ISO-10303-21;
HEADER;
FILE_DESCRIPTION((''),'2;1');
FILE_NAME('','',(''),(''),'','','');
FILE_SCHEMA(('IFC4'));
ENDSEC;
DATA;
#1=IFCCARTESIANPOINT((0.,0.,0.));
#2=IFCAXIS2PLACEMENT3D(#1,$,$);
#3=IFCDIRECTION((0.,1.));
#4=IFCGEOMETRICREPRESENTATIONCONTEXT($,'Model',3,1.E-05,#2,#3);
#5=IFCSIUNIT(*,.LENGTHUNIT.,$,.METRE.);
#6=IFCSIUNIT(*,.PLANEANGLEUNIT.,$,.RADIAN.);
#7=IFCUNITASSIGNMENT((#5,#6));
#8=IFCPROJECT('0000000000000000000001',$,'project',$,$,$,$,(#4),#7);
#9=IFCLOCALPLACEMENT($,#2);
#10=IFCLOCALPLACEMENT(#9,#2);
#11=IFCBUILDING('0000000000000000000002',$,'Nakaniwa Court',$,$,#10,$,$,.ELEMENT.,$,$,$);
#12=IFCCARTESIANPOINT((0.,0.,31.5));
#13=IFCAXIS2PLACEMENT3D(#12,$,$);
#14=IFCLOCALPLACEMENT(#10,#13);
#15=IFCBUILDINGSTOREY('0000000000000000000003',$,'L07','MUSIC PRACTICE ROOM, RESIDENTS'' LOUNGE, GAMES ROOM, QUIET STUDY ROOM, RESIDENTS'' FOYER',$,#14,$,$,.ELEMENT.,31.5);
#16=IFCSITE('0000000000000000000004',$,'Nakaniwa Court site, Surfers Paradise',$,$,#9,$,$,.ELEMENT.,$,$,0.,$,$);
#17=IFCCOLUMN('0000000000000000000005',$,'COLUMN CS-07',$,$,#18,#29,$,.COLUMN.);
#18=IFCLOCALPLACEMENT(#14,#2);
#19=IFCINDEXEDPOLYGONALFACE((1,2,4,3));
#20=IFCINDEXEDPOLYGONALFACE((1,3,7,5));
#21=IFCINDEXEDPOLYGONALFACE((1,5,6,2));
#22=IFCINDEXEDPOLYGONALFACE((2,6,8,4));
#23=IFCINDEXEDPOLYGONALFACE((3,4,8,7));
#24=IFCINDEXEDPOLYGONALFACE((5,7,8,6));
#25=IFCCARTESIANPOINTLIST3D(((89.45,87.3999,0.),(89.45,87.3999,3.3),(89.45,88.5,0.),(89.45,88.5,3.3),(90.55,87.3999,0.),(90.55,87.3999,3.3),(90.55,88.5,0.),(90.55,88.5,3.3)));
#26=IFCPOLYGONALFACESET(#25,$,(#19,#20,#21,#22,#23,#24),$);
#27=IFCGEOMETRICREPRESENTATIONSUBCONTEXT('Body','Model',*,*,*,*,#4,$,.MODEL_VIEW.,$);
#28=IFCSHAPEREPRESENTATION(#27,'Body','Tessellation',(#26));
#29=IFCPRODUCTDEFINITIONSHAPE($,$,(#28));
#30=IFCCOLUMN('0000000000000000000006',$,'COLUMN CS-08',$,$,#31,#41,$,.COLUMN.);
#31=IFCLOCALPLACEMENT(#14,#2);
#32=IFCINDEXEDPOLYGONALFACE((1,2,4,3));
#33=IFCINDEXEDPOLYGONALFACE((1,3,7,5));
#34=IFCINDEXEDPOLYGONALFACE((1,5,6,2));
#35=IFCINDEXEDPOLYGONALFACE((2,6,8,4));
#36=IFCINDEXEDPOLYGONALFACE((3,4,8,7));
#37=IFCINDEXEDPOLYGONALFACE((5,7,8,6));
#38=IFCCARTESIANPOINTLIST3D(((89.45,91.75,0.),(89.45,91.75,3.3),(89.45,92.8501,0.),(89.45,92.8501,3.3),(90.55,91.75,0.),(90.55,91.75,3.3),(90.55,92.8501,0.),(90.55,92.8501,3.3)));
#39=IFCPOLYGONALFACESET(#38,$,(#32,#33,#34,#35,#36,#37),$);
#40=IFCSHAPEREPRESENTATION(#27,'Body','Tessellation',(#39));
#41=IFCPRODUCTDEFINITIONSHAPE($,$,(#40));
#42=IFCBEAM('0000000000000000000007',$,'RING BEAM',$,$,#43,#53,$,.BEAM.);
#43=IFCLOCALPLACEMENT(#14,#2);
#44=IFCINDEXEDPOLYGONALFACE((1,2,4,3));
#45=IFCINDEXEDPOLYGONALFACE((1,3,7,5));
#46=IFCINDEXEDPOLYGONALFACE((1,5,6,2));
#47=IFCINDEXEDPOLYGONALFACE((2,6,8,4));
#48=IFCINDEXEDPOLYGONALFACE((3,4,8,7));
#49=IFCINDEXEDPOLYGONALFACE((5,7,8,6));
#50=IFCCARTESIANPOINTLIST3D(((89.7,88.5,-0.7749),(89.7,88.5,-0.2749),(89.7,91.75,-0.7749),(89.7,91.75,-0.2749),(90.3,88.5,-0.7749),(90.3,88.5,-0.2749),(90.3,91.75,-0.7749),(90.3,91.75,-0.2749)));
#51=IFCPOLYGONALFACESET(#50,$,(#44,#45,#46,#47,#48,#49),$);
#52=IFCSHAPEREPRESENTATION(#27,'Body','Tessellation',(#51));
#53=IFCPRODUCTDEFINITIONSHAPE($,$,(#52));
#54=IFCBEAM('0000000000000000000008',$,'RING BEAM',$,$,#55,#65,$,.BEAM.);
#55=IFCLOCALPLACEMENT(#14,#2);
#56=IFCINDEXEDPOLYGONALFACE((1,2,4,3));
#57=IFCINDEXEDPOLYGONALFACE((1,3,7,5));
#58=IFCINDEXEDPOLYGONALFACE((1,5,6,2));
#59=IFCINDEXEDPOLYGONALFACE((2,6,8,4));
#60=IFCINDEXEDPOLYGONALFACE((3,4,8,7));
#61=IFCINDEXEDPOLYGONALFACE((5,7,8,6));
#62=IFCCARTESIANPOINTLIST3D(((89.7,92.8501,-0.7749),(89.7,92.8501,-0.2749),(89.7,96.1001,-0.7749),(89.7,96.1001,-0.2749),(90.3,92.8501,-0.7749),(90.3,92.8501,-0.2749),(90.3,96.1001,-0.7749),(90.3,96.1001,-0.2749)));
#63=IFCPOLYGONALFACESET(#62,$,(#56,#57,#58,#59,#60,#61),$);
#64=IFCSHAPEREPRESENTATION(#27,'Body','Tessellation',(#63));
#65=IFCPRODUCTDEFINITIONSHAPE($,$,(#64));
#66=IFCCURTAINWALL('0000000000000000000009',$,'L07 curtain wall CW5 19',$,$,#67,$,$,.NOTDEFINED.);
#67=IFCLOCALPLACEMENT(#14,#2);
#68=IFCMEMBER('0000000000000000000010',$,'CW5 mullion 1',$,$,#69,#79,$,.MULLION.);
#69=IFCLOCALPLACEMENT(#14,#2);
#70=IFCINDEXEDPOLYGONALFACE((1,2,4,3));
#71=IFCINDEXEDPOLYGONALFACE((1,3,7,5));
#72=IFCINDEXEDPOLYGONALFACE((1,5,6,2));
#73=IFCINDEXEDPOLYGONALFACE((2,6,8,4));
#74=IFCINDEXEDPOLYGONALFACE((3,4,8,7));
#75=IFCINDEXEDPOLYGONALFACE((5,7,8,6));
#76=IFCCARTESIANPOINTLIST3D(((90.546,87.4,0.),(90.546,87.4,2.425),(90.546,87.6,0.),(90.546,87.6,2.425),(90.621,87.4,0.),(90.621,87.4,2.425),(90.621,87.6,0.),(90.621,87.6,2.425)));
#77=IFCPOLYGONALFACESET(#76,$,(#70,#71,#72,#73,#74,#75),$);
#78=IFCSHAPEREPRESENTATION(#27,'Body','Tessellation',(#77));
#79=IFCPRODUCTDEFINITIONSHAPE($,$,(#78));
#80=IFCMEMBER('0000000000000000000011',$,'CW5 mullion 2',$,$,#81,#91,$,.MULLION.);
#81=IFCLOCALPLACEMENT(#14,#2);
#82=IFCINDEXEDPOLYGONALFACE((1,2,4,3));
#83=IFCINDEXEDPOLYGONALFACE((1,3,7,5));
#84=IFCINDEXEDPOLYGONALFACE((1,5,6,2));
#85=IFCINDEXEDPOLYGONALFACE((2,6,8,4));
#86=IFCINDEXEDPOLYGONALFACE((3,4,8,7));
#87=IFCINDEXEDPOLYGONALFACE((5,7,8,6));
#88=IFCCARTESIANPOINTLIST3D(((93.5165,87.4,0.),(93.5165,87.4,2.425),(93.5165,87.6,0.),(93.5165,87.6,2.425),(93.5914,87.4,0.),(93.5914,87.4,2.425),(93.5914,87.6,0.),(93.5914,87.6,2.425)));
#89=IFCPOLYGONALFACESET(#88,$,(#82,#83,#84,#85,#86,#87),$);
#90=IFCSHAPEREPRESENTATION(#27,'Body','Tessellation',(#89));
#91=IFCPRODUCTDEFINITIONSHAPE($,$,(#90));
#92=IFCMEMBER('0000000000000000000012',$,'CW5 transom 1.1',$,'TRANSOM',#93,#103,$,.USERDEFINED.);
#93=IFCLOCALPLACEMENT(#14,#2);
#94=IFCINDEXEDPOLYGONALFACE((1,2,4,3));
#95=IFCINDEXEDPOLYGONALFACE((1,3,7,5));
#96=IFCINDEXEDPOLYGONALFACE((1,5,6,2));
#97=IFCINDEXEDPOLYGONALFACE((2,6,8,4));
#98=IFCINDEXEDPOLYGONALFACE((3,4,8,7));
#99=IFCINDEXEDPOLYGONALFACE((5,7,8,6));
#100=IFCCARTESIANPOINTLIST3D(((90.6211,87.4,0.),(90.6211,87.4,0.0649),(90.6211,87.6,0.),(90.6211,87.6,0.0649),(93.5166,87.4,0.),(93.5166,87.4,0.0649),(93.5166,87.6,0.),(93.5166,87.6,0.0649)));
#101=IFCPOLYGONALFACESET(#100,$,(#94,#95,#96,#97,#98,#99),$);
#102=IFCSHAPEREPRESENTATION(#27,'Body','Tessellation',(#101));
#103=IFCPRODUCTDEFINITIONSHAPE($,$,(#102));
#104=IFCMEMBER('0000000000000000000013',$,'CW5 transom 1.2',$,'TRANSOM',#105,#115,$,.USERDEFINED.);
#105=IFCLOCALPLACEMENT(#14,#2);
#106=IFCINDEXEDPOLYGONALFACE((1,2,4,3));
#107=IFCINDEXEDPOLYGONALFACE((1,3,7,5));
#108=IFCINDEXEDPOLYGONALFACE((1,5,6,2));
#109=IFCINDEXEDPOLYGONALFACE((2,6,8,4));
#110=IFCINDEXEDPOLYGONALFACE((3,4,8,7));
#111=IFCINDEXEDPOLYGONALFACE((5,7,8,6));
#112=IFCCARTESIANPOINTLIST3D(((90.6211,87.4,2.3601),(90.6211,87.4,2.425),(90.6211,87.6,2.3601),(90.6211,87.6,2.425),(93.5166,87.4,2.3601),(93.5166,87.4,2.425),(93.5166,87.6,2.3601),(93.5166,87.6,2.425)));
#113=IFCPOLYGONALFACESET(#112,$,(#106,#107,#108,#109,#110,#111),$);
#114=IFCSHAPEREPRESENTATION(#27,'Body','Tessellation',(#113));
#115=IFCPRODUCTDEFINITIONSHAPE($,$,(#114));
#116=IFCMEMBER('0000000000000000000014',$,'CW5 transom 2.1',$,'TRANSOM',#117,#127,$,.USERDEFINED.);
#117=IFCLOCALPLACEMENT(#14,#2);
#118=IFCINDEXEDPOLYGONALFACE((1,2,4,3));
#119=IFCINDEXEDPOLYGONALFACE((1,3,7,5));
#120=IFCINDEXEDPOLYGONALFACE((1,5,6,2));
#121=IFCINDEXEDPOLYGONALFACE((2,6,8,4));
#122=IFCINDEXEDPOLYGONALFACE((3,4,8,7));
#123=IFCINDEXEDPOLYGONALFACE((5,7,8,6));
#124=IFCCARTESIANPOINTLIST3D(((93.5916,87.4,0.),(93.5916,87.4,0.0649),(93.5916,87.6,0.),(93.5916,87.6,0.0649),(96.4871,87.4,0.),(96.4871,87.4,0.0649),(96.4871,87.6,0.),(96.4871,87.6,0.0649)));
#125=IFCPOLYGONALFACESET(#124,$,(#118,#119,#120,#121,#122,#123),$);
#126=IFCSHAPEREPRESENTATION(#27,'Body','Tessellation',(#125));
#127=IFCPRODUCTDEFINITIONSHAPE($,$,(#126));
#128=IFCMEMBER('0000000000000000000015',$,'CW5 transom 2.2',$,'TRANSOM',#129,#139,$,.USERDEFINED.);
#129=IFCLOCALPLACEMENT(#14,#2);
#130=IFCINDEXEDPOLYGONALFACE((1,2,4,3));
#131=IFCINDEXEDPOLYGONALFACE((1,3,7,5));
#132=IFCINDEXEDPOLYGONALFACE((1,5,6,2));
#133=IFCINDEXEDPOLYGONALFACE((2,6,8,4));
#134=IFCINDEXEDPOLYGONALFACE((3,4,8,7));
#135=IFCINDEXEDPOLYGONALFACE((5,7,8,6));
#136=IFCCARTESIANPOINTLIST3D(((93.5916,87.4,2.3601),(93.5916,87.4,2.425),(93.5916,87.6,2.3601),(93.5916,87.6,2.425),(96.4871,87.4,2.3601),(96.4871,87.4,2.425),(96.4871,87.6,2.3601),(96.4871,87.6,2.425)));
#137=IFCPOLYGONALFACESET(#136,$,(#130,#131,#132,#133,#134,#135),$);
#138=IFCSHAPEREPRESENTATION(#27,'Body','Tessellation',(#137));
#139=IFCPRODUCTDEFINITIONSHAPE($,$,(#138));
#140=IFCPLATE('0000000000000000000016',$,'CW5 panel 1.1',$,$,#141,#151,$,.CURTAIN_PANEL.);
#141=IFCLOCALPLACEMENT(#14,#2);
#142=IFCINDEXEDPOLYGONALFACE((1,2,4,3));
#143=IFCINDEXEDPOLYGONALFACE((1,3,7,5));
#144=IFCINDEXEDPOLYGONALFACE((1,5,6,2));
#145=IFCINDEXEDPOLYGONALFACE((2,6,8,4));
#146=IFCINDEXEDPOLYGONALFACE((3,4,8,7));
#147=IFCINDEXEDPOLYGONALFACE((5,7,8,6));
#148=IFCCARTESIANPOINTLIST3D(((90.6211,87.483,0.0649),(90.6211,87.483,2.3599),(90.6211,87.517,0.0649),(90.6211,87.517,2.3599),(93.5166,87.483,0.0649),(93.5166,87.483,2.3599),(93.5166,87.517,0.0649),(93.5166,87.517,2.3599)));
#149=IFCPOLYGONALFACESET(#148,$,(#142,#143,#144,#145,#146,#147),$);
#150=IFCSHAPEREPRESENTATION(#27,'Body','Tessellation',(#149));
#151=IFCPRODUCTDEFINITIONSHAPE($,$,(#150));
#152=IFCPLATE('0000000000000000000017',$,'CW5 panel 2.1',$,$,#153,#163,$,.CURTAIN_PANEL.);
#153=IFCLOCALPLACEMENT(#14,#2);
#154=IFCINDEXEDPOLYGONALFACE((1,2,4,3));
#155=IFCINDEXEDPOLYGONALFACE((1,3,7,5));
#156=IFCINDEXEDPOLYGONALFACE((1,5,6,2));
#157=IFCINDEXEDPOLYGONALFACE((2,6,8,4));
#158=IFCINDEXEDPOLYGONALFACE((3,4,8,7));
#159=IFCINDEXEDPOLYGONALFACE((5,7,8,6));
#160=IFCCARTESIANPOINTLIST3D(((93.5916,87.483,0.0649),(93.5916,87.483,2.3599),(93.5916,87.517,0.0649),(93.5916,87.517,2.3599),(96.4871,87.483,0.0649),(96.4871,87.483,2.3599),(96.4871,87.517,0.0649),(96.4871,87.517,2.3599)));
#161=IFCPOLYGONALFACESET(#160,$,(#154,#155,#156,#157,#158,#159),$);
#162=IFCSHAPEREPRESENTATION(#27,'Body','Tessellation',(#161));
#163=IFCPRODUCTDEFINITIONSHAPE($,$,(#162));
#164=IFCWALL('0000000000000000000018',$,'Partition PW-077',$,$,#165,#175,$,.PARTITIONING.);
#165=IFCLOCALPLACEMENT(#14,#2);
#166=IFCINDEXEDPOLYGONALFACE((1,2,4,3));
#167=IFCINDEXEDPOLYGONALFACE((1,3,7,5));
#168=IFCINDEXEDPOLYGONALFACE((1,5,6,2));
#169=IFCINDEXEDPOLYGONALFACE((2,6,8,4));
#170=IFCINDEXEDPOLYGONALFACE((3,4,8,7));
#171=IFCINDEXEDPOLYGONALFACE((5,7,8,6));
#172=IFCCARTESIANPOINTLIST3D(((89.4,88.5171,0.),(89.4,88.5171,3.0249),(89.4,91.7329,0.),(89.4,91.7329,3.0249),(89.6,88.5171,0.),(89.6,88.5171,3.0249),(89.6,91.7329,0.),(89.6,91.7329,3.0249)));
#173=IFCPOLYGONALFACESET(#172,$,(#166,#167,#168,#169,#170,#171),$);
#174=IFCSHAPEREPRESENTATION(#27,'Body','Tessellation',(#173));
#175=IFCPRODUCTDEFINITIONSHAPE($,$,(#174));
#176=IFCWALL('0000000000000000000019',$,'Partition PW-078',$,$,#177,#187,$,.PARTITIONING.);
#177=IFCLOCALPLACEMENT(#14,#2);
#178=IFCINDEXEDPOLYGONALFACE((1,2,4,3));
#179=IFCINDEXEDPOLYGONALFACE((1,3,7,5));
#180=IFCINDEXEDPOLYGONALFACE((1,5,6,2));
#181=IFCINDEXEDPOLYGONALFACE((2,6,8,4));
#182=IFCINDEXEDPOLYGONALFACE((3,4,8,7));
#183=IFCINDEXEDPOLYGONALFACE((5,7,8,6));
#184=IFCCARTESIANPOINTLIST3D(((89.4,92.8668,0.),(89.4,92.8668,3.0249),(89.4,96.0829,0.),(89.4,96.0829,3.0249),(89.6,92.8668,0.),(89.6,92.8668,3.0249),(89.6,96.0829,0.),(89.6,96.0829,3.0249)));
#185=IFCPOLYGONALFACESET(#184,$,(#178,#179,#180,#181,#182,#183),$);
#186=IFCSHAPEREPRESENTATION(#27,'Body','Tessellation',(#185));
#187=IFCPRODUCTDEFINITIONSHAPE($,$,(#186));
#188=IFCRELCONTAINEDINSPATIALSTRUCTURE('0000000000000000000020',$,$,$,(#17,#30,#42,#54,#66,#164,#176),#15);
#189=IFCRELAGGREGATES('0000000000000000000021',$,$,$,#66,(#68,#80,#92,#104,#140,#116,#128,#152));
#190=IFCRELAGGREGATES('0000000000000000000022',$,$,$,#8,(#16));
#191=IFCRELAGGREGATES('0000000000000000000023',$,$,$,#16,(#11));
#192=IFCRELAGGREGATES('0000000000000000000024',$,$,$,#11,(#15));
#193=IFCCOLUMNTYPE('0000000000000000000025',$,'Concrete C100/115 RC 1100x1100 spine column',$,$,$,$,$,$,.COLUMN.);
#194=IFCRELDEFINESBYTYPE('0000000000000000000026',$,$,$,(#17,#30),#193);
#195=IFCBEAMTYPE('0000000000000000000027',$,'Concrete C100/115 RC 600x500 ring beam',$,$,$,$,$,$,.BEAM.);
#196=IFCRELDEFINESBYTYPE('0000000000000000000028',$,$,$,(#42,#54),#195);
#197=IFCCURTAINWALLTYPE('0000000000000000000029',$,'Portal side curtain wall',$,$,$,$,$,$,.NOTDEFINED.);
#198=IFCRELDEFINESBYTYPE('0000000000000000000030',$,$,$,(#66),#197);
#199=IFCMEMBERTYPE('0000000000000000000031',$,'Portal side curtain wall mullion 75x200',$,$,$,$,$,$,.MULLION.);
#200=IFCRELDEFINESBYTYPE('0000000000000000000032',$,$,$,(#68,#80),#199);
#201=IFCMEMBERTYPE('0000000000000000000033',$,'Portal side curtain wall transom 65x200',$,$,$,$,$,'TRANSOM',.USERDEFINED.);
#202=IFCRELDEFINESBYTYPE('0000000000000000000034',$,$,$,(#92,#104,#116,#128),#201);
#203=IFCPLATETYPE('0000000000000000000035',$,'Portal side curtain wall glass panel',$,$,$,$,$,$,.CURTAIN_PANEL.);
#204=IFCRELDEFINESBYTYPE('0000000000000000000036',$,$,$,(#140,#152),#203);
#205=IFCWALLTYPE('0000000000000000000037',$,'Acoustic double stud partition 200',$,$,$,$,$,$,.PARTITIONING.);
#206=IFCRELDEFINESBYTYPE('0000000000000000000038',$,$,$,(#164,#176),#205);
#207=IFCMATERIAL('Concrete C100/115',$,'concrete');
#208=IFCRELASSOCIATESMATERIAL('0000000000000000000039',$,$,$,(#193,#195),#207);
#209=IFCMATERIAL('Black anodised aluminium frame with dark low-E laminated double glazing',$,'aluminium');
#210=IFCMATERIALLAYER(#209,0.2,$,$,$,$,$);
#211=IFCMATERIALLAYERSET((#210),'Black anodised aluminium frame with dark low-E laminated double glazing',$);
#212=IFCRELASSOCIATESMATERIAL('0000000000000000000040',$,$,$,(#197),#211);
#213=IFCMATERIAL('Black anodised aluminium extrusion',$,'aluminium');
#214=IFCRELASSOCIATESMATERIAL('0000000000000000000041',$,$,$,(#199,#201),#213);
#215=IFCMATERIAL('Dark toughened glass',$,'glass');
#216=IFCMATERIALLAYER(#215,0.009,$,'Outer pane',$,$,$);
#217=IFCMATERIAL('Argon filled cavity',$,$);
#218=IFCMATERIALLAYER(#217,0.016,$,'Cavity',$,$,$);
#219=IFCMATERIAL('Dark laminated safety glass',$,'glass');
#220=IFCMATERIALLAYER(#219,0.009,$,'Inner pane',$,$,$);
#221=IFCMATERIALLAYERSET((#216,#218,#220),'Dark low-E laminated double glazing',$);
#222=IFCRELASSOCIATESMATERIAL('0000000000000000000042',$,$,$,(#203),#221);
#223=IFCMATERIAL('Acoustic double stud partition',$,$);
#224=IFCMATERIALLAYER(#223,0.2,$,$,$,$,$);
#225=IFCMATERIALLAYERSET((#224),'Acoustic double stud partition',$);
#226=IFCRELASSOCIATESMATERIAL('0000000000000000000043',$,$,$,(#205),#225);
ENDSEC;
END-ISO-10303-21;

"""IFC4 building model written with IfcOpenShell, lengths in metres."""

from ifc_helpers import new_model, si_unit, direction, frame, frame_2d, origin, origin_2d, place, context, subcontext, project, spatial, rectangle, extrude, material, layer, layer_set, material_profile, profile_set, type_object, element, aggregate, save


model = new_model("IFC4")

# Units and contexts
model_context = context("Model", 3, precision=1e-05, world=origin(), true_north=direction((0.0, 1.0)))
body_context = subcontext(model_context, "Body", "Model", "MODEL_VIEW")
ifc_project = project(units=[si_unit("LENGTHUNIT", "METRE"), si_unit("PLANEANGLEUNIT", "RADIAN")], contexts=[model_context])

# Site, building, storey
site_placement = place(None, origin())
site = spatial("IfcSite", under=ifc_project, at=site_placement, Name="Nakaniwa Court site, Surfers Paradise", CompositionType="ELEMENT", RefElevation=0.0)
building_placement = place(site_placement, origin())
building = spatial("IfcBuilding", under=site, at=building_placement, Name="Nakaniwa Court", CompositionType="ELEMENT")
storey_placement = place(building_placement, frame((0.0, 0.0, 31.5)))
storey = spatial("IfcBuildingStorey", under=building, at=storey_placement, Name="L07", Description="MUSIC PRACTICE ROOM, RESIDENTS' LOUNGE, GAMES ROOM, QUIET STUDY ROOM, RESIDENTS' FOYER", CompositionType="ELEMENT", Elevation=31.5)

# Columns
ifc_material_1 = material(Name="Concrete C100/115", Category="concrete")
ifc_material_profile_1 = material_profile(ifc_material_1, rectangle(XDim=1.1001, YDim=1.1001, at=origin_2d()), Name="Concrete C100/115 RC 1100x1100 spine column")
ifc_profile_set_1 = profile_set([ifc_material_profile_1], Name="Concrete C100/115")
column_type = type_object("IfcColumnType", Name="Concrete C100/115 RC 1100x1100 spine column", PredefinedType="COLUMN", material=ifc_profile_set_1)
for number, where, z_axis, x_axis, name in (
    (1, (90.0, 87.95, 0.0), (0.0, 0.0, 1.0), (0.0, 1.0, 0.0), "COLUMN CS-07"),
    (2, (90.0, 92.3, 0.0), (0.0, 0.0, 1.0), (0.0, 1.0, 0.0), "COLUMN CS-08"),
):
    element("IfcColumn", number, at=place(storey_placement, frame(where, z_axis=z_axis, x_axis=x_axis)), inside=storey, type_object=column_type, Name=name, PredefinedType="COLUMN", context=body_context, shape_type="SweptSolid", body=[
        extrude(rectangle(XDim=1.1001, YDim=1.1001, at=origin_2d()), origin(), (0.0, 0.0, 1.0), 3.3),
    ])

# Beams
ifc_material_profile_2 = material_profile(ifc_material_1, rectangle(XDim=0.6001, YDim=0.5, at=origin_2d()), Name="Concrete C100/115 RC 600x500 ring beam")
ifc_profile_set_2 = profile_set([ifc_material_profile_2], Name="Concrete C100/115")
beam_type = type_object("IfcBeamType", Name="Concrete C100/115 RC 600x500 ring beam", PredefinedType="BEAM", material=ifc_profile_set_2)
for number, where, z_axis, x_axis, name in (
    (3, (90.0, 88.5, -0.5249), (0.0, 1.0, 0.0), (-1.0, 0.0, 0.0), "RING BEAM"),
    (4, (90.0, 92.8501, -0.5249), (0.0, 1.0, 0.0), (-1.0, 0.0, 0.0), "RING BEAM"),
):
    element("IfcBeam", number, at=place(storey_placement, frame(where, z_axis=z_axis, x_axis=x_axis)), inside=storey, type_object=beam_type, Name=name, PredefinedType="BEAM", context=body_context, shape_type="SweptSolid", body=[
        extrude(rectangle(XDim=0.6001, YDim=0.5, at=origin_2d()), origin(), (0.0, 0.0, 1.0), 3.25),
    ])

# Curtain wall, members, plates
ifc_material_2 = material(Name="Black anodised aluminium frame with dark low-E laminated double glazing", Category="aluminium")
ifc_layer_1 = layer(ifc_material_2, 0.2)
ifc_layer_set_1 = layer_set([ifc_layer_1], Name="Black anodised aluminium frame with dark low-E laminated double glazing")
curtain_wall_type = type_object("IfcCurtainWallType", Name="Portal side curtain wall", PredefinedType="NOTDEFINED", material=ifc_layer_set_1)
curtain_wall_placement = place(storey_placement, origin())
curtain_wall = element("IfcCurtainWall", 5, at=curtain_wall_placement, inside=storey, type_object=curtain_wall_type, Name="L07 curtain wall CW5 19", PredefinedType="NOTDEFINED")
ifc_material_3 = material(Name="Black anodised aluminium extrusion", Category="aluminium")
ifc_material_profile_3 = material_profile(ifc_material_3, rectangle(XDim=0.2, YDim=0.075, at=origin_2d()), Name="Portal side curtain wall mullion 75x200")
ifc_profile_set_3 = profile_set([ifc_material_profile_3], Name="Black anodised aluminium extrusion")
member_type_1 = type_object("IfcMemberType", Name="Portal side curtain wall mullion 75x200", PredefinedType="MULLION", material=ifc_profile_set_3)
member_1_placement = place(storey_placement, frame((90.5835, 87.5, 0.0), z_axis=(0.0, 0.0, 1.0), x_axis=(0.0, 1.0, 0.0)))
member_1 = element("IfcMember", 6, at=member_1_placement, type_object=member_type_1, Name="CW5 mullion 1", PredefinedType="MULLION", context=body_context, shape_type="SweptSolid", body=[
    extrude(rectangle(XDim=0.2, YDim=0.075, at=origin_2d()), origin(), (0.0, 0.0, 1.0), 2.425),
])
member_2_placement = place(storey_placement, frame((93.554, 87.5, 0.0), z_axis=(0.0, 0.0, 1.0), x_axis=(0.0, 1.0, 0.0)))
member_2 = element("IfcMember", 7, at=member_2_placement, type_object=member_type_1, Name="CW5 mullion 2", PredefinedType="MULLION", context=body_context, shape_type="SweptSolid", body=[
    extrude(rectangle(XDim=0.2, YDim=0.075, at=origin_2d()), origin(), (0.0, 0.0, 1.0), 2.425),
])
ifc_material_profile_4 = material_profile(ifc_material_3, rectangle(XDim=0.2, YDim=0.0649, at=origin_2d()), Name="Portal side curtain wall transom 65x200")
ifc_profile_set_4 = profile_set([ifc_material_profile_4], Name="Black anodised aluminium extrusion")
member_type_2 = type_object("IfcMemberType", Name="Portal side curtain wall transom 65x200", ElementType="TRANSOM", PredefinedType="USERDEFINED", material=ifc_profile_set_4)
member_3_placement = place(storey_placement, frame((90.6211, 87.5, 0.0325), z_axis=(1.0, 0.0, 0.0), x_axis=(0.0, 1.0, 0.0)))
member_3 = element("IfcMember", 8, at=member_3_placement, type_object=member_type_2, Name="CW5 transom 1.1", ObjectType="TRANSOM", PredefinedType="USERDEFINED", context=body_context, shape_type="SweptSolid", body=[
    extrude(rectangle(XDim=0.2, YDim=0.0649, at=origin_2d()), origin(), (0.0, 0.0, 1.0), 2.8955),
])
member_4_placement = place(storey_placement, frame((90.6211, 87.5, 2.3926), z_axis=(1.0, 0.0, 0.0), x_axis=(0.0, 1.0, 0.0)))
member_4 = element("IfcMember", 9, at=member_4_placement, type_object=member_type_2, Name="CW5 transom 1.2", ObjectType="TRANSOM", PredefinedType="USERDEFINED", context=body_context, shape_type="SweptSolid", body=[
    extrude(rectangle(XDim=0.2, YDim=0.0649, at=origin_2d()), origin(), (0.0, 0.0, 1.0), 2.8955),
])
member_5_placement = place(storey_placement, frame((93.5916, 87.5, 0.0325), z_axis=(1.0, 0.0, 0.0), x_axis=(0.0, 1.0, 0.0)))
member_5 = element("IfcMember", 10, at=member_5_placement, type_object=member_type_2, Name="CW5 transom 2.1", ObjectType="TRANSOM", PredefinedType="USERDEFINED", context=body_context, shape_type="SweptSolid", body=[
    extrude(rectangle(XDim=0.2, YDim=0.0649, at=origin_2d()), origin(), (0.0, 0.0, 1.0), 2.8955),
])
member_6_placement = place(storey_placement, frame((93.5916, 87.5, 2.3926), z_axis=(1.0, 0.0, 0.0), x_axis=(0.0, 1.0, 0.0)))
member_6 = element("IfcMember", 11, at=member_6_placement, type_object=member_type_2, Name="CW5 transom 2.2", ObjectType="TRANSOM", PredefinedType="USERDEFINED", context=body_context, shape_type="SweptSolid", body=[
    extrude(rectangle(XDim=0.2, YDim=0.0649, at=origin_2d()), origin(), (0.0, 0.0, 1.0), 2.8955),
])
ifc_material_4 = material(Name="Dark toughened glass", Category="glass")
ifc_layer_2 = layer(ifc_material_4, 0.009, Name="Outer pane")
ifc_material_5 = material(Name="Argon filled cavity")
ifc_layer_3 = layer(ifc_material_5, 0.016, Name="Cavity")
ifc_material_6 = material(Name="Dark laminated safety glass", Category="glass")
ifc_layer_4 = layer(ifc_material_6, 0.009, Name="Inner pane")
ifc_layer_set_2 = layer_set([ifc_layer_2, ifc_layer_3, ifc_layer_4], Name="Dark low-E laminated double glazing")
plate_type = type_object("IfcPlateType", Name="Portal side curtain wall glass panel", PredefinedType="CURTAIN_PANEL", material=ifc_layer_set_2)
plate_1_placement = place(storey_placement, frame((92.0688, 87.5, 0.0649), z_axis=(0.0, 0.0, 1.0), x_axis=(1.0, 0.0, 0.0)))
plate_1 = element("IfcPlate", 12, at=plate_1_placement, type_object=plate_type, Name="CW5 panel 1.1", PredefinedType="CURTAIN_PANEL", context=body_context, shape_type="SweptSolid", body=[
    extrude(rectangle(XDim=2.8955, YDim=0.0339, at=origin_2d()), origin(), (0.0, 0.0, 1.0), 2.2949),
])
plate_2_placement = place(storey_placement, frame((95.0393, 87.5, 0.0649), z_axis=(0.0, 0.0, 1.0), x_axis=(1.0, 0.0, 0.0)))
plate_2 = element("IfcPlate", 13, at=plate_2_placement, type_object=plate_type, Name="CW5 panel 2.1", PredefinedType="CURTAIN_PANEL", context=body_context, shape_type="SweptSolid", body=[
    extrude(rectangle(XDim=2.8955, YDim=0.0339, at=origin_2d()), origin(), (0.0, 0.0, 1.0), 2.2949),
])
aggregate(curtain_wall, [member_1, member_2, member_3, member_4, plate_1, member_5, member_6, plate_2])

# Walls
ifc_material_7 = material(Name="Acoustic double stud partition")
ifc_layer_5 = layer(ifc_material_7, 0.2)
ifc_layer_set_3 = layer_set([ifc_layer_5], Name="Acoustic double stud partition")
wall_type_1 = type_object("IfcWallType", Name="Acoustic double stud partition 200", PredefinedType="PARTITIONING", material=ifc_layer_set_3)
wall_1_placement = place(storey_placement, frame((89.5, 88.5171, 0.0), z_axis=(0.0, 0.0, 1.0), x_axis=(0.0, 1.0, 0.0)))
element("IfcWall", 14, at=wall_1_placement, inside=storey, type_object=wall_type_1, Name="Partition PW-077", PredefinedType="PARTITIONING", context=body_context, shape_type="SweptSolid", body=[
    extrude(rectangle(XDim=3.2158, YDim=0.2, at=frame_2d((1.6079, 0.0))), origin(), (0.0, 0.0, 1.0), 3.0249),
])
wall_2_placement = place(storey_placement, frame((89.5, 92.8669, 0.0), z_axis=(0.0, 0.0, 1.0), x_axis=(0.0, 1.0, 0.0)))
element("IfcWall", 15, at=wall_2_placement, inside=storey, type_object=wall_type_1, Name="Partition PW-078", PredefinedType="PARTITIONING", context=body_context, shape_type="SweptSolid", body=[
    extrude(rectangle(XDim=3.2161, YDim=0.2, at=frame_2d((1.6079, 0.0))), origin(), (0.0, 0.0, 1.0), 3.0249),
])

save(model, "model.ifc")
